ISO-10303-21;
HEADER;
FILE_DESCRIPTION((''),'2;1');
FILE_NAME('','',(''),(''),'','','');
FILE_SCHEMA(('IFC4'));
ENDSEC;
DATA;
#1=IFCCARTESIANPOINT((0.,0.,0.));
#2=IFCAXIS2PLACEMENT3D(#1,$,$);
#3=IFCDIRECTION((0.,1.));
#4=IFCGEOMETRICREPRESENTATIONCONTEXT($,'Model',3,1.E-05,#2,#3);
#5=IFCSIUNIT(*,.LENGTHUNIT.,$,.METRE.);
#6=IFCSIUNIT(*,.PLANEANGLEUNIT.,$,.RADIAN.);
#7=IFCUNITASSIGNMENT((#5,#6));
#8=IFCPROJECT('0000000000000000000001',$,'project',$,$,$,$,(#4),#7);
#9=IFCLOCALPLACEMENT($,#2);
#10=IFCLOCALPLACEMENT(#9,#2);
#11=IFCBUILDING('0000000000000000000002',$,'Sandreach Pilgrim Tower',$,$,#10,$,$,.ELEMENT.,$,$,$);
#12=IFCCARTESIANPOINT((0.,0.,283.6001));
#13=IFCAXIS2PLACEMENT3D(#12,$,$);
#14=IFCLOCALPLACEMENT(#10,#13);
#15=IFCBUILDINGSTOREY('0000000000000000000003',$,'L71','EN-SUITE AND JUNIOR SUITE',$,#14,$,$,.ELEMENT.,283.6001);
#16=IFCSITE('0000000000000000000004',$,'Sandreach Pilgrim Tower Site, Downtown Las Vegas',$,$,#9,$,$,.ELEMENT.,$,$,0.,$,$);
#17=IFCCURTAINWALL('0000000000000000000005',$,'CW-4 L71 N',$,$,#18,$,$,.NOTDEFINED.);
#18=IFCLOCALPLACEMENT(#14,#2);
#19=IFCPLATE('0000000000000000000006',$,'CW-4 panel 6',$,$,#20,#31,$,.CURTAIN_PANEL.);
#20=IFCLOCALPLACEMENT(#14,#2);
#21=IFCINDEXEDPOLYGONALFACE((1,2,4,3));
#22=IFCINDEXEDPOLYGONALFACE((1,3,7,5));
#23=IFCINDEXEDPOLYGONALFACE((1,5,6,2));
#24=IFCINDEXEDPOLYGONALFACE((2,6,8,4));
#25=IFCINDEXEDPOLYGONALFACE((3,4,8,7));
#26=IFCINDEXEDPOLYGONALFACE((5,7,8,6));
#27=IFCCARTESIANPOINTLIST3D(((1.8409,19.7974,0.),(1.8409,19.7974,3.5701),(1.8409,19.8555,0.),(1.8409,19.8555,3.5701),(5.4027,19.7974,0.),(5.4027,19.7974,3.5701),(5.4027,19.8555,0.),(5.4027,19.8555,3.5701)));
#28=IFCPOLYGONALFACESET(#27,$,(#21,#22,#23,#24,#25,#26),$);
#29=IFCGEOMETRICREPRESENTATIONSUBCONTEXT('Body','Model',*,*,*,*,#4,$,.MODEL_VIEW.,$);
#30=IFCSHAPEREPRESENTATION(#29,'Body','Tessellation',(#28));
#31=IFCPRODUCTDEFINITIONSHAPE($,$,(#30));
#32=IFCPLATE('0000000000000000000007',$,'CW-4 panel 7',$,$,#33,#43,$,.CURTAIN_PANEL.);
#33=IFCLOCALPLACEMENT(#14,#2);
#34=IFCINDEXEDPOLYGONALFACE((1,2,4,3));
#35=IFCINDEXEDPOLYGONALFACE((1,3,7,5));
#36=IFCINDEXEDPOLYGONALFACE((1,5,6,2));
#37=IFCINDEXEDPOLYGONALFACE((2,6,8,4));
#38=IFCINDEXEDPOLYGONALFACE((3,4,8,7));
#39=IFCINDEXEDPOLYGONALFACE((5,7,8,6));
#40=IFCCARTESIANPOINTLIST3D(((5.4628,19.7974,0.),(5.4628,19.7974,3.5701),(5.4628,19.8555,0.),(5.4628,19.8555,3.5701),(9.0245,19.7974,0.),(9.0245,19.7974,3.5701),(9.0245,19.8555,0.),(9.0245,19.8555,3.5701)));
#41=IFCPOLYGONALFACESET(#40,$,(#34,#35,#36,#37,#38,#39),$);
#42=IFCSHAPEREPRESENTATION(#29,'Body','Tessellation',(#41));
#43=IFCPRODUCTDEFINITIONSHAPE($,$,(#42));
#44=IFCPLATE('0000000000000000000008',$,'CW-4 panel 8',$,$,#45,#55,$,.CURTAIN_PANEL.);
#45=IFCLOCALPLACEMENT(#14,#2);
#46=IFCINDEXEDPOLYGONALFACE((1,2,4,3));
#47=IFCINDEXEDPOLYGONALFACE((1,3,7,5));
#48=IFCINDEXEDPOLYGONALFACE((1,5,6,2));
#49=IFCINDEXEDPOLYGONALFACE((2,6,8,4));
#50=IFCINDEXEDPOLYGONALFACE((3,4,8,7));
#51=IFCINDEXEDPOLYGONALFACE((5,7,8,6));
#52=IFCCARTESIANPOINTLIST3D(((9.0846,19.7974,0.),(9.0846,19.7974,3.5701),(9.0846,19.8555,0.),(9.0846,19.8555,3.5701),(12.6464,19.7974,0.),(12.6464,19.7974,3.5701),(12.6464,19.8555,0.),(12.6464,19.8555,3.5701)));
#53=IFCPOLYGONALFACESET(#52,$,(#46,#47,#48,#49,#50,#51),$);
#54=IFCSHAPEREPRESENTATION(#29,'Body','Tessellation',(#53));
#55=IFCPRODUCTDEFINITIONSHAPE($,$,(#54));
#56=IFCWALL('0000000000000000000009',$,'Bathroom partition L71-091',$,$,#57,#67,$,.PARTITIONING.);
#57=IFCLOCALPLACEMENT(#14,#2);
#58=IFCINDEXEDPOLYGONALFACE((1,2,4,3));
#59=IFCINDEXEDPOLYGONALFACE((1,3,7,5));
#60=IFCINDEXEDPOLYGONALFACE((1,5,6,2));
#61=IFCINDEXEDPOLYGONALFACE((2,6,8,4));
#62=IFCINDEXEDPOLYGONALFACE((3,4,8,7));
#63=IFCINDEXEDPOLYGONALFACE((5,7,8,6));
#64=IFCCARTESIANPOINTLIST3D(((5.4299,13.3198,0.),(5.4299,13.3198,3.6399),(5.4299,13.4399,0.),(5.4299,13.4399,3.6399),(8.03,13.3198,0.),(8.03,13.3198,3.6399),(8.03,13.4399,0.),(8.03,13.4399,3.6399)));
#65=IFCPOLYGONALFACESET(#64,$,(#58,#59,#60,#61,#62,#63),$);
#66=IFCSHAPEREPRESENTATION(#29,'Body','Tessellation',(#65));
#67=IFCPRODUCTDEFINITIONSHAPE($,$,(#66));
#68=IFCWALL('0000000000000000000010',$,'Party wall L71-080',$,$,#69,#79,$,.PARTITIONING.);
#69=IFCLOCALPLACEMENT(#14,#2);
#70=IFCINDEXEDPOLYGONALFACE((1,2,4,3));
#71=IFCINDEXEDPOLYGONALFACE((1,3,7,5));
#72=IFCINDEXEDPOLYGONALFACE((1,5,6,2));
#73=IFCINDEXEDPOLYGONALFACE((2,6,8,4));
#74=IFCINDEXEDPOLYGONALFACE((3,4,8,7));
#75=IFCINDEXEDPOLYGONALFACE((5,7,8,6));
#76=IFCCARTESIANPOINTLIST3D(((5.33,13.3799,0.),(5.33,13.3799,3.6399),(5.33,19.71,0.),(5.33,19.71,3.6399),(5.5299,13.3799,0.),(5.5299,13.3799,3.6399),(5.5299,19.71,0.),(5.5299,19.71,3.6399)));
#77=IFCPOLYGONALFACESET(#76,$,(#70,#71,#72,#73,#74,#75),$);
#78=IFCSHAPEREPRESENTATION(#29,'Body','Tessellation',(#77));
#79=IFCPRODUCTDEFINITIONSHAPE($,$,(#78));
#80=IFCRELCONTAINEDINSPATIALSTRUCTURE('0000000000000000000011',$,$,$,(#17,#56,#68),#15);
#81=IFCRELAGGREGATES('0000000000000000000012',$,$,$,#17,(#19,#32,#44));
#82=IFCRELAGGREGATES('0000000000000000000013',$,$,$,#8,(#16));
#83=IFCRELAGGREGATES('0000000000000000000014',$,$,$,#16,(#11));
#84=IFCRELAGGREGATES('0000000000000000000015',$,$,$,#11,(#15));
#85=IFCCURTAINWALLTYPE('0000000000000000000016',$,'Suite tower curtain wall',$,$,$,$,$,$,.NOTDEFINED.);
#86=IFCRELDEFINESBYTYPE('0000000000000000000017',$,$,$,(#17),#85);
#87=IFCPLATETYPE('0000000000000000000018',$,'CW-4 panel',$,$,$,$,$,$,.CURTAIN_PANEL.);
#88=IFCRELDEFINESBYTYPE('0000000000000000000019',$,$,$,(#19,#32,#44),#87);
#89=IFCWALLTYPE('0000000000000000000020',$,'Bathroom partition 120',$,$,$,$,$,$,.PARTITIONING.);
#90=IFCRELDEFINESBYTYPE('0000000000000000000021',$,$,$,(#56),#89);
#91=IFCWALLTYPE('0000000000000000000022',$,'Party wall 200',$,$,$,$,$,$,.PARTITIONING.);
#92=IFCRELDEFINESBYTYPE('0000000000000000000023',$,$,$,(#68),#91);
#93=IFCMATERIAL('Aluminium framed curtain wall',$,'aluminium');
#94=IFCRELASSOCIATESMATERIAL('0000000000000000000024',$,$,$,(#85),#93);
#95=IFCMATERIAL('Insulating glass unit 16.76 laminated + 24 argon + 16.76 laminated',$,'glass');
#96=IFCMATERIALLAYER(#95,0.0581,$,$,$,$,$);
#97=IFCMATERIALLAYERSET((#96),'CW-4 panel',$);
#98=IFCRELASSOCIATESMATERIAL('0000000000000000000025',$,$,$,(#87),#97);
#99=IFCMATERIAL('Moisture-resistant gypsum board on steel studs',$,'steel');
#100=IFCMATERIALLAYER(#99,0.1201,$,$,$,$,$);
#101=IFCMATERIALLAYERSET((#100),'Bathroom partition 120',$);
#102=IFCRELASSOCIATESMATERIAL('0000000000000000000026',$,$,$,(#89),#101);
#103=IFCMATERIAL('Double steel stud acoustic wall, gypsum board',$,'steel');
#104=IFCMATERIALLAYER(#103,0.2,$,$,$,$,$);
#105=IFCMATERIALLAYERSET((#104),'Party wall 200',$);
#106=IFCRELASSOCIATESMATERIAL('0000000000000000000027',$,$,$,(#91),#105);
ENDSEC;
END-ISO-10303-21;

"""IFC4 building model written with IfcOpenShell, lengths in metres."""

from ifc_helpers import new_model, si_unit, direction, frame, frame_2d, origin, origin_2d, place, context, subcontext, project, spatial, rectangle, extrude, material, layer, layer_set, type_object, element, aggregate, save


model = new_model("IFC4")

# Units and contexts
model_context = context("Model", 3, precision=1e-05, world=origin(), true_north=direction((0.0, 1.0)))
body_context = subcontext(model_context, "Body", "Model", "MODEL_VIEW")
ifc_project = project(units=[si_unit("LENGTHUNIT", "METRE"), si_unit("PLANEANGLEUNIT", "RADIAN")], contexts=[model_context])

# Site, building, storey
site_placement = place(None, origin())
site = spatial("IfcSite", under=ifc_project, at=site_placement, Name="Sandreach Pilgrim Tower Site, Downtown Las Vegas", CompositionType="ELEMENT", RefElevation=0.0)
building_placement = place(site_placement, origin())
building = spatial("IfcBuilding", under=site, at=building_placement, Name="Sandreach Pilgrim Tower", CompositionType="ELEMENT")
storey_placement = place(building_placement, frame((0.0, 0.0, 283.6001)))
storey = spatial("IfcBuildingStorey", under=building, at=storey_placement, Name="L71", Description="EN-SUITE AND JUNIOR SUITE", CompositionType="ELEMENT", Elevation=283.6001)

# Curtain wall
ifc_material_1 = material(Name="Aluminium framed curtain wall", Category="aluminium")
curtain_wall_type = type_object("IfcCurtainWallType", Name="Suite tower curtain wall", PredefinedType="NOTDEFINED", material=ifc_material_1)
curtain_wall_placement = place(storey_placement, origin())
curtain_wall = element("IfcCurtainWall", 1, at=curtain_wall_placement, inside=storey, type_object=curtain_wall_type, Name="CW-4 L71 N", PredefinedType="NOTDEFINED")

# Plates
ifc_material_2 = material(Name="Insulating glass unit 16.76 laminated + 24 argon + 16.76 laminated", Category="glass")
ifc_layer_1 = layer(ifc_material_2, 0.0581)
ifc_layer_set_1 = layer_set([ifc_layer_1], Name="CW-4 panel")
plate_type = type_object("IfcPlateType", Name="CW-4 panel", PredefinedType="CURTAIN_PANEL", material=ifc_layer_set_1)
plate_1_placement = place(storey_placement, frame((3.6218, 19.8264, 0.0), z_axis=(0.0, 0.0, 1.0), x_axis=(1.0, 0.0, 0.0)))
plate_1 = element("IfcPlate", 2, at=plate_1_placement, type_object=plate_type, Name="CW-4 panel 6", PredefinedType="CURTAIN_PANEL", context=body_context, shape_type="SweptSolid", body=[
    extrude(rectangle(XDim=3.5618, YDim=0.0581, at=origin_2d()), origin(), (0.0, 0.0, 1.0), 3.5701),
])
plate_2_placement = place(storey_placement, frame((7.2437, 19.8264, 0.0), z_axis=(0.0, 0.0, 1.0), x_axis=(1.0, 0.0, 0.0)))
plate_2 = element("IfcPlate", 3, at=plate_2_placement, type_object=plate_type, Name="CW-4 panel 7", PredefinedType="CURTAIN_PANEL", context=body_context, shape_type="SweptSolid", body=[
    extrude(rectangle(XDim=3.5618, YDim=0.0581, at=origin_2d()), origin(), (0.0, 0.0, 1.0), 3.5701),
])
plate_3_placement = place(storey_placement, frame((10.8655, 19.8264, 0.0), z_axis=(0.0, 0.0, 1.0), x_axis=(1.0, 0.0, 0.0)))
plate_3 = element("IfcPlate", 4, at=plate_3_placement, type_object=plate_type, Name="CW-4 panel 8", PredefinedType="CURTAIN_PANEL", context=body_context, shape_type="SweptSolid", body=[
    extrude(rectangle(XDim=3.5618, YDim=0.0581, at=origin_2d()), origin(), (0.0, 0.0, 1.0), 3.5701),
])
aggregate(curtain_wall, [plate_1, plate_2, plate_3])

# Walls
ifc_material_3 = material(Name="Moisture-resistant gypsum board on steel studs", Category="steel")
ifc_layer_2 = layer(ifc_material_3, 0.1201)
ifc_layer_set_2 = layer_set([ifc_layer_2], Name="Bathroom partition 120")
wall_type_1 = type_object("IfcWallType", Name="Bathroom partition 120", PredefinedType="PARTITIONING", material=ifc_layer_set_2)
wall_1_placement = place(storey_placement, frame((8.03, 13.3799, 0.0), z_axis=(0.0, 0.0, 1.0), x_axis=(-1.0, 0.0, 0.0)))
element("IfcWall", 5, at=wall_1_placement, inside=storey, type_object=wall_type_1, Name="Bathroom partition L71-091", PredefinedType="PARTITIONING", context=body_context, shape_type="SweptSolid", body=[
    extrude(rectangle(XDim=2.6001, YDim=0.1201, at=frame_2d((1.3, 0.0))), origin(), (0.0, 0.0, 1.0), 3.6399),
])
ifc_material_4 = material(Name="Double steel stud acoustic wall, gypsum board", Category="steel")
ifc_layer_3 = layer(ifc_material_4, 0.2)
ifc_layer_set_3 = layer_set([ifc_layer_3], Name="Party wall 200")
wall_type_2 = type_object("IfcWallType", Name="Party wall 200", PredefinedType="PARTITIONING", material=ifc_layer_set_3)
wall_2_placement = place(storey_placement, frame((5.4299, 19.71, 0.0), z_axis=(0.0, 0.0, 1.0), x_axis=(0.0, -1.0, 0.0)))
element("IfcWall", 6, at=wall_2_placement, inside=storey, type_object=wall_type_2, Name="Party wall L71-080", PredefinedType="PARTITIONING", context=body_context, shape_type="SweptSolid", body=[
    extrude(rectangle(XDim=6.3301, YDim=0.2, at=frame_2d((3.165, 0.0))), origin(), (0.0, 0.0, 1.0), 3.6399),
])

save(model, "model.ifc")
